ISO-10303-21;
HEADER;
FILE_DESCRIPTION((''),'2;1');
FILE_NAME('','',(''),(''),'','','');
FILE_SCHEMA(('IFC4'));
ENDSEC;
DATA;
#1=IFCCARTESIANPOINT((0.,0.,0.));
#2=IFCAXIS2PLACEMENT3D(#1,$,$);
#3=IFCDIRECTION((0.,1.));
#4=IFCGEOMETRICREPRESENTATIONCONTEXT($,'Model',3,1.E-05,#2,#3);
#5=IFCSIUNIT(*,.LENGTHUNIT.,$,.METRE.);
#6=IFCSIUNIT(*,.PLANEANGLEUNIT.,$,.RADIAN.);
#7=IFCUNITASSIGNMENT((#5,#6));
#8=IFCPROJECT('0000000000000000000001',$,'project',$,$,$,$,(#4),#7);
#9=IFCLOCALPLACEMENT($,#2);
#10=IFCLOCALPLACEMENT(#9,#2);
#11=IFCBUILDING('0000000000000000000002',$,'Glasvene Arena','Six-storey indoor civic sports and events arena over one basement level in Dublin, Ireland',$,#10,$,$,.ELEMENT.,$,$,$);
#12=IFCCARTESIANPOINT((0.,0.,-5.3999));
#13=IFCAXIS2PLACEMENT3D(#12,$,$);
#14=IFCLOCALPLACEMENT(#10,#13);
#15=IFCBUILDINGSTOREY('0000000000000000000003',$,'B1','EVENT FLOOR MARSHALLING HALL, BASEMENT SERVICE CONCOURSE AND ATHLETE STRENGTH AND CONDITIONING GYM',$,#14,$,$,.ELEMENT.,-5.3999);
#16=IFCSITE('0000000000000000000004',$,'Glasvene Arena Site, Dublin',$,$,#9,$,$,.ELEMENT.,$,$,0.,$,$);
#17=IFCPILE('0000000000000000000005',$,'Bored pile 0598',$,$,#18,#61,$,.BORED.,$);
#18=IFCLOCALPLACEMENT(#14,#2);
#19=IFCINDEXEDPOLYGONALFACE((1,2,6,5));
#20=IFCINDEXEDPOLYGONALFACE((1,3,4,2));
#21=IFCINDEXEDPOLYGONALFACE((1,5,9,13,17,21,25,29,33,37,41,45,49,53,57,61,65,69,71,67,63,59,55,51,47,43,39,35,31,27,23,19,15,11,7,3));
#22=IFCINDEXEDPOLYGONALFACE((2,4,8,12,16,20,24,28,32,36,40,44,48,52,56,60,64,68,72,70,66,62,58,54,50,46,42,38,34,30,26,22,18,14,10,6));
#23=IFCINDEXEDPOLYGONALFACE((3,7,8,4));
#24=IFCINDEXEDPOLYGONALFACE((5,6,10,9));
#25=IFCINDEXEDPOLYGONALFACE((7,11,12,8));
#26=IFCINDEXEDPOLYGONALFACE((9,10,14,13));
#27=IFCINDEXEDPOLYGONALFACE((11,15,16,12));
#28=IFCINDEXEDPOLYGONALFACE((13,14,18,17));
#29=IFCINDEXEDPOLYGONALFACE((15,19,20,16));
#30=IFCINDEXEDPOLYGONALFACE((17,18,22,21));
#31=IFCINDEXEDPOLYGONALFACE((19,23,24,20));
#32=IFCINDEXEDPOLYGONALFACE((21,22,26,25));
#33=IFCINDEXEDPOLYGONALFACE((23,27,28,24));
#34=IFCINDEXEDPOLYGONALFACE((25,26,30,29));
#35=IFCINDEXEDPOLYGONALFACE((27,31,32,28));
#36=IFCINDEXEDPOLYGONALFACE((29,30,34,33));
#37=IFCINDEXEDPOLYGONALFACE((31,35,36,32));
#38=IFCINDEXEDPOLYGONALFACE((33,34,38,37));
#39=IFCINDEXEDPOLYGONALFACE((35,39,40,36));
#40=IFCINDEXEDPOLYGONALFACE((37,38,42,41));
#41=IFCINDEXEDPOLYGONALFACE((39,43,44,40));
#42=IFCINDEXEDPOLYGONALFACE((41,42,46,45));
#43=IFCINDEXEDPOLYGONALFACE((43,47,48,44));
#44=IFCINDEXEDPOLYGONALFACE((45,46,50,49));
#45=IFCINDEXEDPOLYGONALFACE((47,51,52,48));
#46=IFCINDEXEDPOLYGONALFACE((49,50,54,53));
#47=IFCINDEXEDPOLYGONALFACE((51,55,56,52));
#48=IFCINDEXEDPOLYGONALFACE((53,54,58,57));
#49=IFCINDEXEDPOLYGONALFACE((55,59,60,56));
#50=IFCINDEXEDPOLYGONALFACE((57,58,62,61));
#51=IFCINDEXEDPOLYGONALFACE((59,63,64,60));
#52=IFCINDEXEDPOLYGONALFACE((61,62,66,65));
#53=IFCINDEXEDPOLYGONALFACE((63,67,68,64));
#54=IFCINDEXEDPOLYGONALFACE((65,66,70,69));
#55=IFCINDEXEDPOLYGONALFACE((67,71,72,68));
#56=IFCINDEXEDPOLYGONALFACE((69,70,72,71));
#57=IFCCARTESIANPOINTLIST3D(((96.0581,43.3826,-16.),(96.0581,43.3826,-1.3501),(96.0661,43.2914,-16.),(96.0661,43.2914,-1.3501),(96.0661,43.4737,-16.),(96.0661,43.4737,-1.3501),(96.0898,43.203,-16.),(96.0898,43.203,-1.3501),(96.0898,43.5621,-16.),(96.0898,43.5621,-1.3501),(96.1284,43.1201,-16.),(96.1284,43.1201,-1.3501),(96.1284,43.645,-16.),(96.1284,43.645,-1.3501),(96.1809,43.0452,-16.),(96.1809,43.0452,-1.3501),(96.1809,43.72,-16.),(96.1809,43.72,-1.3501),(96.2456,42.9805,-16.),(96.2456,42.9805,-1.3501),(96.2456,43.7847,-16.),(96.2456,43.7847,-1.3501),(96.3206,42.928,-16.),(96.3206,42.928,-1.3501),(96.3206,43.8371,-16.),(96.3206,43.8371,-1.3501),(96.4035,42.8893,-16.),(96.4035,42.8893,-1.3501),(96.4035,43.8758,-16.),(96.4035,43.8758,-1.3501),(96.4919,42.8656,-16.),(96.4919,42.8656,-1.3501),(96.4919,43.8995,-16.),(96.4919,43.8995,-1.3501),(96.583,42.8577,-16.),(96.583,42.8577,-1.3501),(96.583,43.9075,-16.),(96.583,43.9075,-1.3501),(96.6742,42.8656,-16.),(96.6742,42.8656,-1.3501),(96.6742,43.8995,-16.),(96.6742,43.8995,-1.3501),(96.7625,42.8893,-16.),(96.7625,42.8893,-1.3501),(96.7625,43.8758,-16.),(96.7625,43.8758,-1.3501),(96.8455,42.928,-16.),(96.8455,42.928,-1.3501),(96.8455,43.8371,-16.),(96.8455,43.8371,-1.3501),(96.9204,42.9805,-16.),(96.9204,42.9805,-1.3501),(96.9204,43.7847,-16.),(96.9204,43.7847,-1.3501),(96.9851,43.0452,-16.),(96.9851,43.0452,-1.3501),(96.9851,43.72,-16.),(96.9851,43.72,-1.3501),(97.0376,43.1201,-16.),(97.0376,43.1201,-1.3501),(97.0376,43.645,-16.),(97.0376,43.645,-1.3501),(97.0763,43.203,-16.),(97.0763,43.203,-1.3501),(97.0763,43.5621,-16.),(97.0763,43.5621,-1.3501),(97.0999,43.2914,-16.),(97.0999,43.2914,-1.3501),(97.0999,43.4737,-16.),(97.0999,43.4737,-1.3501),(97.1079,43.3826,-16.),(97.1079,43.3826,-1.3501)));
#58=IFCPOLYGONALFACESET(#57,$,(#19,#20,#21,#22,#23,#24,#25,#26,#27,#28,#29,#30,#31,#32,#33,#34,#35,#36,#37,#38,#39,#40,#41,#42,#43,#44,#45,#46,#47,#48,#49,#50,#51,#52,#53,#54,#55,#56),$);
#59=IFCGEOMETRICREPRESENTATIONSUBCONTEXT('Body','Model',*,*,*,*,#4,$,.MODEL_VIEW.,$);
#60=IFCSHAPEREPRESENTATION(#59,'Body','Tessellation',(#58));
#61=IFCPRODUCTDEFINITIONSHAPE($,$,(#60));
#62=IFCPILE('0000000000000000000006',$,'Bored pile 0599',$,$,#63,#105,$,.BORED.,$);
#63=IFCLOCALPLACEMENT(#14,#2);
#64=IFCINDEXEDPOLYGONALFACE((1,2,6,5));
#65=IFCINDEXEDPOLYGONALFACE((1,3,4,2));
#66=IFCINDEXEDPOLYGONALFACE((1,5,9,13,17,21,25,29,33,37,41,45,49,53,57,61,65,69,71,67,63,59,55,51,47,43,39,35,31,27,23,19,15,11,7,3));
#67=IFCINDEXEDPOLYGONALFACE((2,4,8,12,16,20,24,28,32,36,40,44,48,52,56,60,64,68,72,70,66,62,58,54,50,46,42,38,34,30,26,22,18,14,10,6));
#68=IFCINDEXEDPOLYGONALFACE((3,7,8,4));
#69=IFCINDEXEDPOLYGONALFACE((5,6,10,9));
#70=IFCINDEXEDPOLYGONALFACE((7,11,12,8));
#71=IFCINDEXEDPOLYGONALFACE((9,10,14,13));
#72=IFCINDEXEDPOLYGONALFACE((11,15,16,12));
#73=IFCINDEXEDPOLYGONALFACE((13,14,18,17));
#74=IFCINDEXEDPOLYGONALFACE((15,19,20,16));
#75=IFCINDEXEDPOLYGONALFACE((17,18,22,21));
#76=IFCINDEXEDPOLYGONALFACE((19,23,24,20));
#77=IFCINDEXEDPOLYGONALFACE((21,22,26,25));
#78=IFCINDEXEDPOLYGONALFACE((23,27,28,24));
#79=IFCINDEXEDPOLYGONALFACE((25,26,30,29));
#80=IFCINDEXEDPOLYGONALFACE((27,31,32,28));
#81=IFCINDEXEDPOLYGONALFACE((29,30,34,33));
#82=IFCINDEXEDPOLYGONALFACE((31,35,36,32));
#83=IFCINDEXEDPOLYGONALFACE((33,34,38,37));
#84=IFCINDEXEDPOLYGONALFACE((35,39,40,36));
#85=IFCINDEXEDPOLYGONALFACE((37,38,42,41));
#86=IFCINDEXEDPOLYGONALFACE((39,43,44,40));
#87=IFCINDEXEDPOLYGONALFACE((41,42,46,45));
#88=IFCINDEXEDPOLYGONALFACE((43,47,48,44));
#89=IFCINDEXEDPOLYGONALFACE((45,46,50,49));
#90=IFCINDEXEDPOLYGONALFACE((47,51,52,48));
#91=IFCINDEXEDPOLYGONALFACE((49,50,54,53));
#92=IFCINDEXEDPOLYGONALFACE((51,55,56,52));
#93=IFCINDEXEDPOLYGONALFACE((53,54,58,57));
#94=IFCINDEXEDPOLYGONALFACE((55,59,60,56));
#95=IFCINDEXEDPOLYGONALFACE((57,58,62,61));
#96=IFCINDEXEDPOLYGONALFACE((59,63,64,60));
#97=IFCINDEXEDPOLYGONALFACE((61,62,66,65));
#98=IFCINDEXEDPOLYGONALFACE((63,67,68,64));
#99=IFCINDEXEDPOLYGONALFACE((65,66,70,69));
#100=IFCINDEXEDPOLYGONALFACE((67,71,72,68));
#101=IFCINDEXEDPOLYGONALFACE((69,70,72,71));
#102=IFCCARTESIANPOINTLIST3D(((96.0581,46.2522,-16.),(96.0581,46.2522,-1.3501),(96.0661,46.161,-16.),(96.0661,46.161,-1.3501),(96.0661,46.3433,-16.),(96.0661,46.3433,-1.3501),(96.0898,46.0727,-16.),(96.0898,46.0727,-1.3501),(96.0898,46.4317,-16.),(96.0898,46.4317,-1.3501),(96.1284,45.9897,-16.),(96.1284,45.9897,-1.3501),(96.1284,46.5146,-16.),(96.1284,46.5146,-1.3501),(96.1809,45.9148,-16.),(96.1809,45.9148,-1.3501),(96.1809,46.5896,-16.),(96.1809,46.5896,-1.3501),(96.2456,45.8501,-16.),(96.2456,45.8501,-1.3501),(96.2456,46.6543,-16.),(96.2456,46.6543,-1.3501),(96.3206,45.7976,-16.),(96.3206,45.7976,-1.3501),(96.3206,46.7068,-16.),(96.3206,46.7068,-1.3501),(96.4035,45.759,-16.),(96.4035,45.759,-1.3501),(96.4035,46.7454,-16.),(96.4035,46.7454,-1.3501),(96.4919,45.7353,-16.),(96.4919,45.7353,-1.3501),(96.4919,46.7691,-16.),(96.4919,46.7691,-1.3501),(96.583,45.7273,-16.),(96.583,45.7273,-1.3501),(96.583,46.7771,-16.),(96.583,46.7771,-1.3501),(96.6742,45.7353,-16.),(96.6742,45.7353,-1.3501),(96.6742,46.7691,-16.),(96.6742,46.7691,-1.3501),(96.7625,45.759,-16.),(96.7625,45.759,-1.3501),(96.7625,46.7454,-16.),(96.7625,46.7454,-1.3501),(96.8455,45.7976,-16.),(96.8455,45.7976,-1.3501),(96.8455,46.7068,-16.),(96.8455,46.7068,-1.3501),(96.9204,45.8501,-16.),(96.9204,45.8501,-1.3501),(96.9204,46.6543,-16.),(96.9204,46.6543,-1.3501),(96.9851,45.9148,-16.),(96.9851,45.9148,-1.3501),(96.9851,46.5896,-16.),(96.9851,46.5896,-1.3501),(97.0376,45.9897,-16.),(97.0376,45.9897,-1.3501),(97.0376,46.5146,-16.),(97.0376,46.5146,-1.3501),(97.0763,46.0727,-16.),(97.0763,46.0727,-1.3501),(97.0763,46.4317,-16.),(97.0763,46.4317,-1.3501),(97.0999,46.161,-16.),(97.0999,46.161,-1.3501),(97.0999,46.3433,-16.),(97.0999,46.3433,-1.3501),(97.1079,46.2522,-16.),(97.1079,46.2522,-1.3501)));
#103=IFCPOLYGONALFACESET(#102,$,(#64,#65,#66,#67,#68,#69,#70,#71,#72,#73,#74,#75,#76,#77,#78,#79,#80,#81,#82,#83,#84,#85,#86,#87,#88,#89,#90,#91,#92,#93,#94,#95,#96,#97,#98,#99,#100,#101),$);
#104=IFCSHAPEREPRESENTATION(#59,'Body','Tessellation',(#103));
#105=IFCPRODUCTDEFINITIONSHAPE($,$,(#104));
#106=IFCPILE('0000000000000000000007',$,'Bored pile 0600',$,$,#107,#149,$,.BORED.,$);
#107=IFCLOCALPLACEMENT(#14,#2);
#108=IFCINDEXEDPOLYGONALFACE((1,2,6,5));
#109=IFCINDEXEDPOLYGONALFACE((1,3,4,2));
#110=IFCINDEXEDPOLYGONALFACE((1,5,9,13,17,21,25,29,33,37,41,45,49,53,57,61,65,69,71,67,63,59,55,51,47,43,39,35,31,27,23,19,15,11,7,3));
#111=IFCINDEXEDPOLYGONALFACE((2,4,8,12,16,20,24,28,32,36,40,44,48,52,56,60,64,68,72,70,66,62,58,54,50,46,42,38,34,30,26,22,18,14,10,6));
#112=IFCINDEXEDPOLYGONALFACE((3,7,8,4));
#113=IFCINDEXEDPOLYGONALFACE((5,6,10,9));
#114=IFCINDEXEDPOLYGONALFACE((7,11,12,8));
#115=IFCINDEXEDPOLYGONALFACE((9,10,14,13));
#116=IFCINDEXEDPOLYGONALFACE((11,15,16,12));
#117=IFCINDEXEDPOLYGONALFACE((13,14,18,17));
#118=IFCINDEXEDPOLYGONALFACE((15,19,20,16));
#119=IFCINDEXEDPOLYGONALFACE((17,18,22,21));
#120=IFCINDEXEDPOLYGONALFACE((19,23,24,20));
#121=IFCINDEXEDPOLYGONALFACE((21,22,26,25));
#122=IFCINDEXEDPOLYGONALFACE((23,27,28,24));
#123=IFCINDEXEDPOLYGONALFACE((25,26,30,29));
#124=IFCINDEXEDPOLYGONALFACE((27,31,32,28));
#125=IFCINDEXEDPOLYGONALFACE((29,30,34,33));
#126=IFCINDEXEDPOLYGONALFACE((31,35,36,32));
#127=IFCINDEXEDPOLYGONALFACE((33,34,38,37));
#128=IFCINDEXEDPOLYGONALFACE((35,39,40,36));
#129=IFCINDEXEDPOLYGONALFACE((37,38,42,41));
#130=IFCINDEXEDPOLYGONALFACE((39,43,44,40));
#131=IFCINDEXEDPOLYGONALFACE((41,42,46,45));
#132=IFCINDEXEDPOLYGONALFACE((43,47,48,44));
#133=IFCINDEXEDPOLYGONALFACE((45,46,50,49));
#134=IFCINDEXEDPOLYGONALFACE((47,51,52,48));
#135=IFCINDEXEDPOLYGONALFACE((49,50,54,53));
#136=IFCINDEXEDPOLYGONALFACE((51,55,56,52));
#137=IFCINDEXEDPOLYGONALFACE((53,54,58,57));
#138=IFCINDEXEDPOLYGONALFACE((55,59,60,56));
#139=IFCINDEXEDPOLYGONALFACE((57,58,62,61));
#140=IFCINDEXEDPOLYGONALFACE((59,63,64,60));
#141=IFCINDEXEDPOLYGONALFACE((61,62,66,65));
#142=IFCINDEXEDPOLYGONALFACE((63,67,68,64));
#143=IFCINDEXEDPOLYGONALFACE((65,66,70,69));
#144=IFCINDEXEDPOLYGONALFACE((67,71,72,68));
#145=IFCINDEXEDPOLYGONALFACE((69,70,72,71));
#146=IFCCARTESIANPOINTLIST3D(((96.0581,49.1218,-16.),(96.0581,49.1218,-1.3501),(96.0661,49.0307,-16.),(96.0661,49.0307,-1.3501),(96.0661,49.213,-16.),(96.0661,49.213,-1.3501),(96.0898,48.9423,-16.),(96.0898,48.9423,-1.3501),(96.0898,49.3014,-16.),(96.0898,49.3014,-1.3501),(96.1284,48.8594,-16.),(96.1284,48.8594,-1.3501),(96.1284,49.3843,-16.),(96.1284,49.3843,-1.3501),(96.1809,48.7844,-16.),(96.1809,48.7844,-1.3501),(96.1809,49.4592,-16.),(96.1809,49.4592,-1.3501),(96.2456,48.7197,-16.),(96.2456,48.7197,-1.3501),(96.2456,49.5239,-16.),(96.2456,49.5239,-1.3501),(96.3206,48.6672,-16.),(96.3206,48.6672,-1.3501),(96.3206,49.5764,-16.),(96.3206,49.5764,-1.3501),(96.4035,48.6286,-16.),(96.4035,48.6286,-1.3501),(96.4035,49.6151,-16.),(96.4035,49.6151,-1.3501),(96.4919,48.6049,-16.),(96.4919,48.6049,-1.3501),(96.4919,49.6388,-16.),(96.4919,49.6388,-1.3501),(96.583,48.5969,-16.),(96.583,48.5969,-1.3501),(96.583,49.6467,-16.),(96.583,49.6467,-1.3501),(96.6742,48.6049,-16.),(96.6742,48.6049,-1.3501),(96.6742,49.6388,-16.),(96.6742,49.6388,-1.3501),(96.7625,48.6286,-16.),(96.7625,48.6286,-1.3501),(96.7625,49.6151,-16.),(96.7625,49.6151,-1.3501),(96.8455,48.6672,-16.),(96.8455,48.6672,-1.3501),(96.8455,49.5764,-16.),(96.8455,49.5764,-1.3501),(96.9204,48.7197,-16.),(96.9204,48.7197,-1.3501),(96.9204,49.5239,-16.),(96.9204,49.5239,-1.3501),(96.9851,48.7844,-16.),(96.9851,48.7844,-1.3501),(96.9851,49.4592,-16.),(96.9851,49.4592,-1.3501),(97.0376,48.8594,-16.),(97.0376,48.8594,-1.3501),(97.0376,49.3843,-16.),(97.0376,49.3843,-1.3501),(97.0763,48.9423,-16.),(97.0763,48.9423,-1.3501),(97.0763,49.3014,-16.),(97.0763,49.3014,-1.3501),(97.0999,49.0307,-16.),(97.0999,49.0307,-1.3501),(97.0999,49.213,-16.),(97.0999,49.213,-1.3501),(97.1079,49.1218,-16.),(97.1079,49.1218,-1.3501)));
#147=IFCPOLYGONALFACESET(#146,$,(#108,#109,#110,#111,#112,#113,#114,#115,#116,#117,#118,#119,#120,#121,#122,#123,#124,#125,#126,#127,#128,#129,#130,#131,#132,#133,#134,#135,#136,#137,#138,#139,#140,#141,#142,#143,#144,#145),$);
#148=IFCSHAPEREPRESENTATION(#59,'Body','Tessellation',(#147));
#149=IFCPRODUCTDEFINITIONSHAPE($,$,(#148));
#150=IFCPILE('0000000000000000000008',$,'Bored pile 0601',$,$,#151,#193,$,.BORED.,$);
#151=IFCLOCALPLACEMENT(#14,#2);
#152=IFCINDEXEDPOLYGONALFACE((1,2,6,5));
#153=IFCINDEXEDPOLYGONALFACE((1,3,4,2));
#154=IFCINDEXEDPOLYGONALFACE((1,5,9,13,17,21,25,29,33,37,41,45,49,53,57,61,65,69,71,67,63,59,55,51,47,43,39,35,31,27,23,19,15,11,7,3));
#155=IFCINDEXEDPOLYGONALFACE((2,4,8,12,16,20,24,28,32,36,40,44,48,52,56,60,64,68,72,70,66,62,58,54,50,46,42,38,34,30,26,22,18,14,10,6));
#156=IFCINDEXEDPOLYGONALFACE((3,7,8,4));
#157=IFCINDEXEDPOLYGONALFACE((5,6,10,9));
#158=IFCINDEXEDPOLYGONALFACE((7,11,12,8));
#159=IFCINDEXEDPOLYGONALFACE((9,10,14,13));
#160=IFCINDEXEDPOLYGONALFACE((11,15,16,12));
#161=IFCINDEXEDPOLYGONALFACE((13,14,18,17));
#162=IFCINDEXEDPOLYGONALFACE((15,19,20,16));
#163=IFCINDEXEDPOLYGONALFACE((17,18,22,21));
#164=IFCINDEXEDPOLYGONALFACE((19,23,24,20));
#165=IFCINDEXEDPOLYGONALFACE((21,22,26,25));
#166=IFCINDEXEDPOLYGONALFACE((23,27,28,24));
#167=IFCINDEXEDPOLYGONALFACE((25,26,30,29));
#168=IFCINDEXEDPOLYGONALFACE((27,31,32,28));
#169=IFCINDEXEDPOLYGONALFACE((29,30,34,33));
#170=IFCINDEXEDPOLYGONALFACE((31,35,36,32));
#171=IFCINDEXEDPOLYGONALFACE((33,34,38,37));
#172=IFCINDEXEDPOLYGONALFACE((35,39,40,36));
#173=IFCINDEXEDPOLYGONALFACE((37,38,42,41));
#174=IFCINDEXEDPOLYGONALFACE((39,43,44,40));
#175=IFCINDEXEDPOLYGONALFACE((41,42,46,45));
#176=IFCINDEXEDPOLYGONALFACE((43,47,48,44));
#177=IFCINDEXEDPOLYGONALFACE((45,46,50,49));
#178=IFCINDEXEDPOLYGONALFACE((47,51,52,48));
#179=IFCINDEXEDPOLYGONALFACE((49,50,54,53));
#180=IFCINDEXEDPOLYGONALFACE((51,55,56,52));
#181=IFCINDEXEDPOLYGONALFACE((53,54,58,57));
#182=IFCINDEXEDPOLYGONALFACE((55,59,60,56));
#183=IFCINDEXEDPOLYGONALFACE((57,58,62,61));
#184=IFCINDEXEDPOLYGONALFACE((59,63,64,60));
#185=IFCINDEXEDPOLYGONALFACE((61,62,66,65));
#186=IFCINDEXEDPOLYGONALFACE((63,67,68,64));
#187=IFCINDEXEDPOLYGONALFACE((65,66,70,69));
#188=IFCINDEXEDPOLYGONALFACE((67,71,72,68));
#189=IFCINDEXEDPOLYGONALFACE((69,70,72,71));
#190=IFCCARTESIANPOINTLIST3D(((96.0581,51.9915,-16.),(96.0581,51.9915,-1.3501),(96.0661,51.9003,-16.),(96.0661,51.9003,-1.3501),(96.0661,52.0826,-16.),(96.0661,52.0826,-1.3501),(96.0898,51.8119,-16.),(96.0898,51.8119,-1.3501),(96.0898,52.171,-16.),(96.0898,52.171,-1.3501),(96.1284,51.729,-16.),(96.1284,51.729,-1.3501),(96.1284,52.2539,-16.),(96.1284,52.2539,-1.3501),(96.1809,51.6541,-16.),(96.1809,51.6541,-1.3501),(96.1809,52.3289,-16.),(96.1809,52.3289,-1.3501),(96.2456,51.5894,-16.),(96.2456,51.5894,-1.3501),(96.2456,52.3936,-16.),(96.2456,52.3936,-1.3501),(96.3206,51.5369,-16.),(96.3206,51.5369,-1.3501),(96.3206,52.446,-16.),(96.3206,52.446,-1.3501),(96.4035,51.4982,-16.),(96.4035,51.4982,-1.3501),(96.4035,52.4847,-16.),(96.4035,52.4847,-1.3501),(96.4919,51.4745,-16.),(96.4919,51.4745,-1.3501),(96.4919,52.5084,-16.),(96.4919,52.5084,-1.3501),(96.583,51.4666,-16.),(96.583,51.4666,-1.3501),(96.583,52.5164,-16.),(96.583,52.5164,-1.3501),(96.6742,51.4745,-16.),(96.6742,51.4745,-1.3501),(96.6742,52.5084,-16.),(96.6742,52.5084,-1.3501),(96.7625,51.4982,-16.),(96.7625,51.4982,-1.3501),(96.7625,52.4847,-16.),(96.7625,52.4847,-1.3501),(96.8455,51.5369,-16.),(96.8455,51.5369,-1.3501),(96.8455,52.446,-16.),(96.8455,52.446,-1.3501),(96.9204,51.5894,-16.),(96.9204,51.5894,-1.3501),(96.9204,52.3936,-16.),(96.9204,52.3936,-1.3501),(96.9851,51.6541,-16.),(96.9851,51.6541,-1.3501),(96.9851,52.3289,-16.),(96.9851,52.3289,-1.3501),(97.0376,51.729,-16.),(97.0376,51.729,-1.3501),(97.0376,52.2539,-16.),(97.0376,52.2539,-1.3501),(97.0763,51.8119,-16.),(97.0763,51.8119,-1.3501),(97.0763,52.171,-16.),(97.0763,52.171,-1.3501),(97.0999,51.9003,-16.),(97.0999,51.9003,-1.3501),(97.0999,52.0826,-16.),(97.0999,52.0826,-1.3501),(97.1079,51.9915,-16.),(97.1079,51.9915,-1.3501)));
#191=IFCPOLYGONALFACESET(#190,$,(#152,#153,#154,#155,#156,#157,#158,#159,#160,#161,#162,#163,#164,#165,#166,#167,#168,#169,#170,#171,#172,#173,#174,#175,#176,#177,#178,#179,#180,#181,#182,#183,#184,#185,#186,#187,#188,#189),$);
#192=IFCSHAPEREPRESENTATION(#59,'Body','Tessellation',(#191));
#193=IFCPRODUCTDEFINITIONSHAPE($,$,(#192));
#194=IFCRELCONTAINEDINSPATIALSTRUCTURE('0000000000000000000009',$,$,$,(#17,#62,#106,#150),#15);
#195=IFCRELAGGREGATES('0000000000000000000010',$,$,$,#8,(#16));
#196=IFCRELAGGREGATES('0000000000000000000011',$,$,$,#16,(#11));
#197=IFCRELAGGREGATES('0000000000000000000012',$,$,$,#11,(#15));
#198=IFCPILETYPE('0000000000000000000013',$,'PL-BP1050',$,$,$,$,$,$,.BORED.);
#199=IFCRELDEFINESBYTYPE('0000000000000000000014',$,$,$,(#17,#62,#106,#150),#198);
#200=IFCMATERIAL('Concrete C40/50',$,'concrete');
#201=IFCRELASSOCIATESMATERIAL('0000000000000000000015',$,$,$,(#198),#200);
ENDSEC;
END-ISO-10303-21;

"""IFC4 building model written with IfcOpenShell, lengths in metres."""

from ifc_helpers import new_model, si_unit, direction, frame, origin, origin_2d, place, context, subcontext, project, spatial, circle, extrude, material, material_profile, profile_set, type_object, element, save


model = new_model("IFC4")

# Units and contexts
model_context = context("Model", 3, precision=1e-05, world=origin(), true_north=direction((0.0, 1.0)))
body_context = subcontext(model_context, "Body", "Model", "MODEL_VIEW")
ifc_project = project(units=[si_unit("LENGTHUNIT", "METRE"), si_unit("PLANEANGLEUNIT", "RADIAN")], contexts=[model_context])

# Site, building, storey
site_placement = place(None, origin())
site = spatial("IfcSite", under=ifc_project, at=site_placement, Name="Glasvene Arena Site, Dublin", CompositionType="ELEMENT", RefElevation=0.0)
building_placement = place(site_placement, origin())
building = spatial("IfcBuilding", under=site, at=building_placement, Name="Glasvene Arena", Description="Six-storey indoor civic sports and events arena over one basement level in Dublin, Ireland", CompositionType="ELEMENT")
storey_placement = place(building_placement, frame((0.0, 0.0, -5.3999)))
storey = spatial("IfcBuildingStorey", under=building, at=storey_placement, Name="B1", Description="EVENT FLOOR MARSHALLING HALL, BASEMENT SERVICE CONCOURSE AND ATHLETE STRENGTH AND CONDITIONING GYM", CompositionType="ELEMENT", Elevation=-5.3999)

# Piles
ifc_material_1 = material(Name="Concrete C40/50", Category="concrete")
ifc_material_profile_1 = material_profile(ifc_material_1, circle(Radius=0.5249, at=origin_2d()), Name="BORED PILE 1050")
ifc_profile_set_1 = profile_set([ifc_material_profile_1], Name="Concrete C40/50")
pile_type = type_object("IfcPileType", Name="PL-BP1050", PredefinedType="BORED", material=ifc_profile_set_1)
for number, where, z_axis, x_axis, name in (
    (1, (96.583, 43.3826, -1.3501), (0.0, 0.0, -1.0), (1.0, 0.0, 0.0), "Bored pile 0598"),
    (2, (96.583, 46.2522, -1.3501), (0.0, 0.0, -1.0), (1.0, 0.0, 0.0), "Bored pile 0599"),
    (3, (96.583, 49.1218, -1.3501), (0.0, 0.0, -1.0), (1.0, 0.0, 0.0), "Bored pile 0600"),
    (4, (96.583, 51.9915, -1.3501), (0.0, 0.0, -1.0), (1.0, 0.0, 0.0), "Bored pile 0601"),
):
    element("IfcPile", number, at=place(storey_placement, frame(where, z_axis=z_axis, x_axis=x_axis)), inside=storey, type_object=pile_type, Name=name, PredefinedType="BORED", context=body_context, shape_type="SweptSolid", body=[
        extrude(circle(Radius=0.5249, at=origin_2d()), origin(), (0.0, 0.0, 1.0), 14.6499),
    ])

save(model, "model.ifc")
